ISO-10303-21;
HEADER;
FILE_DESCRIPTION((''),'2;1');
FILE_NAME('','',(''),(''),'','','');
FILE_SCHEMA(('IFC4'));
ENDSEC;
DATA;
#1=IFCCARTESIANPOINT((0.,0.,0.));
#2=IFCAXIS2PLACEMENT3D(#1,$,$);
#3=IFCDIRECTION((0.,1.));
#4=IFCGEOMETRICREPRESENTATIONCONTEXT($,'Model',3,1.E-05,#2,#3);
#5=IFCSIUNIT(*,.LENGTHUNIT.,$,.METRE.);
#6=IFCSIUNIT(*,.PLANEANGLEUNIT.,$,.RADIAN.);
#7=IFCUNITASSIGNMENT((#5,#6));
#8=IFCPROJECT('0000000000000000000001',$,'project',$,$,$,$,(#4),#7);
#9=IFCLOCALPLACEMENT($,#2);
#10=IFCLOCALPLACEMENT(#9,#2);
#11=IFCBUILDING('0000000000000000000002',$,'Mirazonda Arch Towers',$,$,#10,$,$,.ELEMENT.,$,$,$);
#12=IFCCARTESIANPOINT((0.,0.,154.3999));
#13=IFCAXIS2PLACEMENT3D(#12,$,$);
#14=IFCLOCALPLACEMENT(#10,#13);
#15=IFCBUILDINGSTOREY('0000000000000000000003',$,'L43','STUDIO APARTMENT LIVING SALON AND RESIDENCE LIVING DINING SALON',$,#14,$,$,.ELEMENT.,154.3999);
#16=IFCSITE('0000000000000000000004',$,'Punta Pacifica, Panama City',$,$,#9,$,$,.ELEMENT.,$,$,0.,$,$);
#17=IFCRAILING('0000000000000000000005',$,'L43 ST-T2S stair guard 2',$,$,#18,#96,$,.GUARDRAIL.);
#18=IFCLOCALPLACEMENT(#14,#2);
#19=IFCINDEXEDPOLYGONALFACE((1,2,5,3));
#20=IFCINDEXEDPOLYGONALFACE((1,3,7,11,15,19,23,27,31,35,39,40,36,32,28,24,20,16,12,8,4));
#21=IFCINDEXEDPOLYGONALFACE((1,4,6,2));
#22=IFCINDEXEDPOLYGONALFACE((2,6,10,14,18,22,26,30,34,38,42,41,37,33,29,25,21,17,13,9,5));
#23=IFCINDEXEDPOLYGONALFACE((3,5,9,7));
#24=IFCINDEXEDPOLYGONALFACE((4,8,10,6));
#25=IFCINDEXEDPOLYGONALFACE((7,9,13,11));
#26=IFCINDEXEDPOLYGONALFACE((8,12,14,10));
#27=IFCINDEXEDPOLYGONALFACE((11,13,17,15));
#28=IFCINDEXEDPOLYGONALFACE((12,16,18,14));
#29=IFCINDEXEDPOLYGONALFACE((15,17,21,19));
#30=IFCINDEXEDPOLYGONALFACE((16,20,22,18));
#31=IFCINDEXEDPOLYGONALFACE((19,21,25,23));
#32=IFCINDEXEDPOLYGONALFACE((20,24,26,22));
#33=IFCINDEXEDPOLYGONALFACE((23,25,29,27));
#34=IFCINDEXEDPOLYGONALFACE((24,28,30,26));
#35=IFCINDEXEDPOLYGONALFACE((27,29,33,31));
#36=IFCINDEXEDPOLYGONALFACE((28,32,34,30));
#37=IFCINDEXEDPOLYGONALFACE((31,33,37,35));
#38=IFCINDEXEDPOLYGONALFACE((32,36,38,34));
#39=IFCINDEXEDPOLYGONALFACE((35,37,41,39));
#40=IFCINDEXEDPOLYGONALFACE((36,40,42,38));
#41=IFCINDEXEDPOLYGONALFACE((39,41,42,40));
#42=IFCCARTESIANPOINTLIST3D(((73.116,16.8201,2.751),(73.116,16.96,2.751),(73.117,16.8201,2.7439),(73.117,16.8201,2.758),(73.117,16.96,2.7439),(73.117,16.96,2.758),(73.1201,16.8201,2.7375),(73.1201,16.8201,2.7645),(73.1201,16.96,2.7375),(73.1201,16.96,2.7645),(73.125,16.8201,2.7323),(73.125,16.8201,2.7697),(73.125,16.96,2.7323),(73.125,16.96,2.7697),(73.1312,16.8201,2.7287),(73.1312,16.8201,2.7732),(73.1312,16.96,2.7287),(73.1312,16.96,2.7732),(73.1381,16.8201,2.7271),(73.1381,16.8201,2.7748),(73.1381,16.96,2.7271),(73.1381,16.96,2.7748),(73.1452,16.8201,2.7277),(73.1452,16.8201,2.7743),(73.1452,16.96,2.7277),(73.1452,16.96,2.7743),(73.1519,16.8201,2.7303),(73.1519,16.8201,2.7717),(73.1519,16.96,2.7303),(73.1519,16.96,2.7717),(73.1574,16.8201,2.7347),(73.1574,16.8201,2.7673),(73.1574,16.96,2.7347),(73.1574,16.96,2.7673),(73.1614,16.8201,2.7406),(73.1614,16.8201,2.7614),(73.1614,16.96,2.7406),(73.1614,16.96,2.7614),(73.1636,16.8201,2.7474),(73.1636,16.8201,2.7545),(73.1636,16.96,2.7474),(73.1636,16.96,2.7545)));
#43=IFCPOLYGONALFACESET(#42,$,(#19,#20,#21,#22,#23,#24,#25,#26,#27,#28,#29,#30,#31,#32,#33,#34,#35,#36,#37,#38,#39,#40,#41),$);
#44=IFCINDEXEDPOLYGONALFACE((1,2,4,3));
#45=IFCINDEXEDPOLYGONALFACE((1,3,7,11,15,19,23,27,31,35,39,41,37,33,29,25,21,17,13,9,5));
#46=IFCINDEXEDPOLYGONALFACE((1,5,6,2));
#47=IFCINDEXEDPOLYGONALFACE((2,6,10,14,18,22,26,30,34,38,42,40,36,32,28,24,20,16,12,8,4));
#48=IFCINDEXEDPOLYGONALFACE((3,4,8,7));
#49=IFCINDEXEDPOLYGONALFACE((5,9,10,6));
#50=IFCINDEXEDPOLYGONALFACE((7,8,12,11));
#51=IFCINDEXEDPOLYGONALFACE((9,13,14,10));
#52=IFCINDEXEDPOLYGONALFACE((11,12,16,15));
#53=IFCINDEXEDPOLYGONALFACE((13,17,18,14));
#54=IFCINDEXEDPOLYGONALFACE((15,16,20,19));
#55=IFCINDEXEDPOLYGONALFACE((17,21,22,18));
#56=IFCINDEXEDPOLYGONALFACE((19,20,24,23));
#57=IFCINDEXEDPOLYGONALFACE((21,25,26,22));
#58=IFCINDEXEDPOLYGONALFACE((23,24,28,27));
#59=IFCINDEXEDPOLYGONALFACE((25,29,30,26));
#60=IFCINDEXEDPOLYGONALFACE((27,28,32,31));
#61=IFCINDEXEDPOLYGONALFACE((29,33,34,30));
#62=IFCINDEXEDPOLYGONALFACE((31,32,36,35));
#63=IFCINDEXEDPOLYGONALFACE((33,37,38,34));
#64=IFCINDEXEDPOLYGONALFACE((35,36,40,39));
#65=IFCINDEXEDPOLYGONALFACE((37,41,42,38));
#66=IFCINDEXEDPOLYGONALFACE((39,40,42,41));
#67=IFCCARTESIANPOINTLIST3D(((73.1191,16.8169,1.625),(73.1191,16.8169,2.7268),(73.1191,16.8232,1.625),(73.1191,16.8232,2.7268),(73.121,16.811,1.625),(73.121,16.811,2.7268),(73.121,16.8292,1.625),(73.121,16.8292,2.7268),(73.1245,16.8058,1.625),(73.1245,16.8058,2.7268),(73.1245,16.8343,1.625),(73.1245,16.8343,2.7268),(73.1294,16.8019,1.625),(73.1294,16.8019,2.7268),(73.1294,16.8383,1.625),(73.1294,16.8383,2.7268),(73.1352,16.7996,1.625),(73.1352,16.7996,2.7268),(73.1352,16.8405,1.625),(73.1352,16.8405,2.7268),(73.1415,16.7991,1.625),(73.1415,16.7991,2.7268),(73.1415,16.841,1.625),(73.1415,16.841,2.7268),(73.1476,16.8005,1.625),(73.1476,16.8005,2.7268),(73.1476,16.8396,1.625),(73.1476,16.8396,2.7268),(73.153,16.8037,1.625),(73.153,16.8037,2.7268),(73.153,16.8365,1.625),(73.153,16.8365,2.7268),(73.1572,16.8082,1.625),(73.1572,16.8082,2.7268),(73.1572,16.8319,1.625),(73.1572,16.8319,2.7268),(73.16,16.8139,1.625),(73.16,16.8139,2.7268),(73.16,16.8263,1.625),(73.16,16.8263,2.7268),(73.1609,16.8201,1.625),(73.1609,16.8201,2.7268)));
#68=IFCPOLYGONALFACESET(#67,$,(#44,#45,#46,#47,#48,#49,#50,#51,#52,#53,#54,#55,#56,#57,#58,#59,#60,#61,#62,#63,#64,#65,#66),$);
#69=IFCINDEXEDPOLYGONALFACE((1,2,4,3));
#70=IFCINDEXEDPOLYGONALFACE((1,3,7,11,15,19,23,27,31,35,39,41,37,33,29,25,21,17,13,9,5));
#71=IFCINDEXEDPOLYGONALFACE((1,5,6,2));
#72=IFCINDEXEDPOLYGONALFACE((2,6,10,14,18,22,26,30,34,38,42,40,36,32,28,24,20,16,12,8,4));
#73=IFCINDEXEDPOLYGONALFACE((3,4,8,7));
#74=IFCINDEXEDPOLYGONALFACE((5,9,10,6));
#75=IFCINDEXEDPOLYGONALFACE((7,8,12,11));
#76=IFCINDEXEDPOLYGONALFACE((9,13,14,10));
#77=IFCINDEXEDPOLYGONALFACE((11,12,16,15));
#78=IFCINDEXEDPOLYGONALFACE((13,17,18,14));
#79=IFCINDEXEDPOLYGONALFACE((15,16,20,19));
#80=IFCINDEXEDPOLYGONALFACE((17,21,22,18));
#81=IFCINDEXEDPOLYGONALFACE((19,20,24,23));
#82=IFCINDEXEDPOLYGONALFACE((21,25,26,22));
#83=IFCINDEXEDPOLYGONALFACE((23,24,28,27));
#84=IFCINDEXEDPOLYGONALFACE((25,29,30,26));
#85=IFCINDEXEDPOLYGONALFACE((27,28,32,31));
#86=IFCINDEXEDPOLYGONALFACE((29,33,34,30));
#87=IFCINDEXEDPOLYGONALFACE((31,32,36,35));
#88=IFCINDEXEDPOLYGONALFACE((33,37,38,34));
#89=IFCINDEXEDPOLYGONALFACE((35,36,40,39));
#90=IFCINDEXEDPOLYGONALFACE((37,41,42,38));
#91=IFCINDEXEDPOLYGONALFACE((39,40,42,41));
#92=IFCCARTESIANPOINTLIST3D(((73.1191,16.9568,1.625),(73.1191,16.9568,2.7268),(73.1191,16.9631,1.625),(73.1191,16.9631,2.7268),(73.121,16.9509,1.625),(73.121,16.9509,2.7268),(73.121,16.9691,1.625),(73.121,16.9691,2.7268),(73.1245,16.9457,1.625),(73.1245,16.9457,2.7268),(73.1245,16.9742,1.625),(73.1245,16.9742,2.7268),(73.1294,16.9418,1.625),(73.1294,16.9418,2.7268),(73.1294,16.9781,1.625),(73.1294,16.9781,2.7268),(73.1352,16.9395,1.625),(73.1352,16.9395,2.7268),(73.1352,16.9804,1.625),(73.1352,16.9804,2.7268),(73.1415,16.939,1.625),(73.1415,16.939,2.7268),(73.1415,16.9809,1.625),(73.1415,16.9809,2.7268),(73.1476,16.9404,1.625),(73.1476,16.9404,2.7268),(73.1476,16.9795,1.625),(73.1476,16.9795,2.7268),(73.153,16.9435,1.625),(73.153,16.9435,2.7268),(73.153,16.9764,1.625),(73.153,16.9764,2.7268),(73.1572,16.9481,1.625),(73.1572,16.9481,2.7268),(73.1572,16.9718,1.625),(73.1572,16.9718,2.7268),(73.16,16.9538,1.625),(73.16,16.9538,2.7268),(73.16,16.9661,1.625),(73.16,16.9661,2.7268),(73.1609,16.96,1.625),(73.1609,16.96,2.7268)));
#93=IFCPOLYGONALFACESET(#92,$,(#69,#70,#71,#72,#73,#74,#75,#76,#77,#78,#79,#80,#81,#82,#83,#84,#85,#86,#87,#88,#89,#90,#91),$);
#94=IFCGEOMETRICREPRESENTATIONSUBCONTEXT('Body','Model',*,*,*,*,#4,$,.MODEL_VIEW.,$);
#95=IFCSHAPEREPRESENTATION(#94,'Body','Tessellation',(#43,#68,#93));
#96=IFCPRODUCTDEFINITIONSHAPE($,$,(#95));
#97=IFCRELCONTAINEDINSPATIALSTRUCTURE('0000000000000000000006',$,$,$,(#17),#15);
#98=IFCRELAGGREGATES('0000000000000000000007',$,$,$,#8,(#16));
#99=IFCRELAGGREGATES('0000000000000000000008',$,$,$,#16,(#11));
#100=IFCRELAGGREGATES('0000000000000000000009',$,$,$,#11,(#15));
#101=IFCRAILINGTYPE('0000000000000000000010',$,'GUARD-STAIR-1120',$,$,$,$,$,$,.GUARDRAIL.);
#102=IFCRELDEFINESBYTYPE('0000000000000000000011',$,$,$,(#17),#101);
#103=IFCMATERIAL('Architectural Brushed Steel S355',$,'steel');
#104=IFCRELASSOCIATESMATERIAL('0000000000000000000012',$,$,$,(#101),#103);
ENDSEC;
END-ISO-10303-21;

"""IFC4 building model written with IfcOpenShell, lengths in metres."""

from ifc_helpers import new_model, si_unit, direction, frame, origin, origin_2d, place, context, subcontext, project, spatial, circle, extrude, material, type_object, element, save


model = new_model("IFC4")

# Units and contexts
model_context = context("Model", 3, precision=1e-05, world=origin(), true_north=direction((0.0, 1.0)))
body_context = subcontext(model_context, "Body", "Model", "MODEL_VIEW")
ifc_project = project(units=[si_unit("LENGTHUNIT", "METRE"), si_unit("PLANEANGLEUNIT", "RADIAN")], contexts=[model_context])

# Site, building, storey
site_placement = place(None, origin())
site = spatial("IfcSite", under=ifc_project, at=site_placement, Name="Punta Pacifica, Panama City", CompositionType="ELEMENT", RefElevation=0.0)
building_placement = place(site_placement, origin())
building = spatial("IfcBuilding", under=site, at=building_placement, Name="Mirazonda Arch Towers", CompositionType="ELEMENT")
storey_placement = place(building_placement, frame((0.0, 0.0, 154.3999)))
storey = spatial("IfcBuildingStorey", under=building, at=storey_placement, Name="L43", Description="STUDIO APARTMENT LIVING SALON AND RESIDENCE LIVING DINING SALON", CompositionType="ELEMENT", Elevation=154.3999)

# Railing
ifc_material_1 = material(Name="Architectural Brushed Steel S355", Category="steel")
railing_type_1 = type_object("IfcRailingType", Name="GUARD-STAIR-1120", PredefinedType="GUARDRAIL", material=ifc_material_1)
railing_1_placement = place(storey_placement, frame((73.1399, 16.8201, 1.625)))
element("IfcRailing", 1, at=railing_1_placement, inside=storey, type_object=railing_type_1, Name="L43 ST-T2S stair guard 2", PredefinedType="GUARDRAIL", context=body_context, shape_type="SweptSolid", body=[
    extrude(circle(Radius=0.0239, at=origin_2d()), frame((0.0, 0.0, 1.126), z_axis=(0.0, 1.0, 0.0), x_axis=(-1.0, 0.0, 0.0)), (0.0, 0.0, 1.0), 0.1399),
    extrude(circle(Radius=0.021, at=origin_2d()), origin(), (0.0, 0.0, 1.0), 1.1018),
    extrude(circle(Radius=0.021, at=origin_2d()), frame((0.0, 0.1399, 0.0)), (0.0, 0.0, 1.0), 1.1018),
])

save(model, "model.ifc")
